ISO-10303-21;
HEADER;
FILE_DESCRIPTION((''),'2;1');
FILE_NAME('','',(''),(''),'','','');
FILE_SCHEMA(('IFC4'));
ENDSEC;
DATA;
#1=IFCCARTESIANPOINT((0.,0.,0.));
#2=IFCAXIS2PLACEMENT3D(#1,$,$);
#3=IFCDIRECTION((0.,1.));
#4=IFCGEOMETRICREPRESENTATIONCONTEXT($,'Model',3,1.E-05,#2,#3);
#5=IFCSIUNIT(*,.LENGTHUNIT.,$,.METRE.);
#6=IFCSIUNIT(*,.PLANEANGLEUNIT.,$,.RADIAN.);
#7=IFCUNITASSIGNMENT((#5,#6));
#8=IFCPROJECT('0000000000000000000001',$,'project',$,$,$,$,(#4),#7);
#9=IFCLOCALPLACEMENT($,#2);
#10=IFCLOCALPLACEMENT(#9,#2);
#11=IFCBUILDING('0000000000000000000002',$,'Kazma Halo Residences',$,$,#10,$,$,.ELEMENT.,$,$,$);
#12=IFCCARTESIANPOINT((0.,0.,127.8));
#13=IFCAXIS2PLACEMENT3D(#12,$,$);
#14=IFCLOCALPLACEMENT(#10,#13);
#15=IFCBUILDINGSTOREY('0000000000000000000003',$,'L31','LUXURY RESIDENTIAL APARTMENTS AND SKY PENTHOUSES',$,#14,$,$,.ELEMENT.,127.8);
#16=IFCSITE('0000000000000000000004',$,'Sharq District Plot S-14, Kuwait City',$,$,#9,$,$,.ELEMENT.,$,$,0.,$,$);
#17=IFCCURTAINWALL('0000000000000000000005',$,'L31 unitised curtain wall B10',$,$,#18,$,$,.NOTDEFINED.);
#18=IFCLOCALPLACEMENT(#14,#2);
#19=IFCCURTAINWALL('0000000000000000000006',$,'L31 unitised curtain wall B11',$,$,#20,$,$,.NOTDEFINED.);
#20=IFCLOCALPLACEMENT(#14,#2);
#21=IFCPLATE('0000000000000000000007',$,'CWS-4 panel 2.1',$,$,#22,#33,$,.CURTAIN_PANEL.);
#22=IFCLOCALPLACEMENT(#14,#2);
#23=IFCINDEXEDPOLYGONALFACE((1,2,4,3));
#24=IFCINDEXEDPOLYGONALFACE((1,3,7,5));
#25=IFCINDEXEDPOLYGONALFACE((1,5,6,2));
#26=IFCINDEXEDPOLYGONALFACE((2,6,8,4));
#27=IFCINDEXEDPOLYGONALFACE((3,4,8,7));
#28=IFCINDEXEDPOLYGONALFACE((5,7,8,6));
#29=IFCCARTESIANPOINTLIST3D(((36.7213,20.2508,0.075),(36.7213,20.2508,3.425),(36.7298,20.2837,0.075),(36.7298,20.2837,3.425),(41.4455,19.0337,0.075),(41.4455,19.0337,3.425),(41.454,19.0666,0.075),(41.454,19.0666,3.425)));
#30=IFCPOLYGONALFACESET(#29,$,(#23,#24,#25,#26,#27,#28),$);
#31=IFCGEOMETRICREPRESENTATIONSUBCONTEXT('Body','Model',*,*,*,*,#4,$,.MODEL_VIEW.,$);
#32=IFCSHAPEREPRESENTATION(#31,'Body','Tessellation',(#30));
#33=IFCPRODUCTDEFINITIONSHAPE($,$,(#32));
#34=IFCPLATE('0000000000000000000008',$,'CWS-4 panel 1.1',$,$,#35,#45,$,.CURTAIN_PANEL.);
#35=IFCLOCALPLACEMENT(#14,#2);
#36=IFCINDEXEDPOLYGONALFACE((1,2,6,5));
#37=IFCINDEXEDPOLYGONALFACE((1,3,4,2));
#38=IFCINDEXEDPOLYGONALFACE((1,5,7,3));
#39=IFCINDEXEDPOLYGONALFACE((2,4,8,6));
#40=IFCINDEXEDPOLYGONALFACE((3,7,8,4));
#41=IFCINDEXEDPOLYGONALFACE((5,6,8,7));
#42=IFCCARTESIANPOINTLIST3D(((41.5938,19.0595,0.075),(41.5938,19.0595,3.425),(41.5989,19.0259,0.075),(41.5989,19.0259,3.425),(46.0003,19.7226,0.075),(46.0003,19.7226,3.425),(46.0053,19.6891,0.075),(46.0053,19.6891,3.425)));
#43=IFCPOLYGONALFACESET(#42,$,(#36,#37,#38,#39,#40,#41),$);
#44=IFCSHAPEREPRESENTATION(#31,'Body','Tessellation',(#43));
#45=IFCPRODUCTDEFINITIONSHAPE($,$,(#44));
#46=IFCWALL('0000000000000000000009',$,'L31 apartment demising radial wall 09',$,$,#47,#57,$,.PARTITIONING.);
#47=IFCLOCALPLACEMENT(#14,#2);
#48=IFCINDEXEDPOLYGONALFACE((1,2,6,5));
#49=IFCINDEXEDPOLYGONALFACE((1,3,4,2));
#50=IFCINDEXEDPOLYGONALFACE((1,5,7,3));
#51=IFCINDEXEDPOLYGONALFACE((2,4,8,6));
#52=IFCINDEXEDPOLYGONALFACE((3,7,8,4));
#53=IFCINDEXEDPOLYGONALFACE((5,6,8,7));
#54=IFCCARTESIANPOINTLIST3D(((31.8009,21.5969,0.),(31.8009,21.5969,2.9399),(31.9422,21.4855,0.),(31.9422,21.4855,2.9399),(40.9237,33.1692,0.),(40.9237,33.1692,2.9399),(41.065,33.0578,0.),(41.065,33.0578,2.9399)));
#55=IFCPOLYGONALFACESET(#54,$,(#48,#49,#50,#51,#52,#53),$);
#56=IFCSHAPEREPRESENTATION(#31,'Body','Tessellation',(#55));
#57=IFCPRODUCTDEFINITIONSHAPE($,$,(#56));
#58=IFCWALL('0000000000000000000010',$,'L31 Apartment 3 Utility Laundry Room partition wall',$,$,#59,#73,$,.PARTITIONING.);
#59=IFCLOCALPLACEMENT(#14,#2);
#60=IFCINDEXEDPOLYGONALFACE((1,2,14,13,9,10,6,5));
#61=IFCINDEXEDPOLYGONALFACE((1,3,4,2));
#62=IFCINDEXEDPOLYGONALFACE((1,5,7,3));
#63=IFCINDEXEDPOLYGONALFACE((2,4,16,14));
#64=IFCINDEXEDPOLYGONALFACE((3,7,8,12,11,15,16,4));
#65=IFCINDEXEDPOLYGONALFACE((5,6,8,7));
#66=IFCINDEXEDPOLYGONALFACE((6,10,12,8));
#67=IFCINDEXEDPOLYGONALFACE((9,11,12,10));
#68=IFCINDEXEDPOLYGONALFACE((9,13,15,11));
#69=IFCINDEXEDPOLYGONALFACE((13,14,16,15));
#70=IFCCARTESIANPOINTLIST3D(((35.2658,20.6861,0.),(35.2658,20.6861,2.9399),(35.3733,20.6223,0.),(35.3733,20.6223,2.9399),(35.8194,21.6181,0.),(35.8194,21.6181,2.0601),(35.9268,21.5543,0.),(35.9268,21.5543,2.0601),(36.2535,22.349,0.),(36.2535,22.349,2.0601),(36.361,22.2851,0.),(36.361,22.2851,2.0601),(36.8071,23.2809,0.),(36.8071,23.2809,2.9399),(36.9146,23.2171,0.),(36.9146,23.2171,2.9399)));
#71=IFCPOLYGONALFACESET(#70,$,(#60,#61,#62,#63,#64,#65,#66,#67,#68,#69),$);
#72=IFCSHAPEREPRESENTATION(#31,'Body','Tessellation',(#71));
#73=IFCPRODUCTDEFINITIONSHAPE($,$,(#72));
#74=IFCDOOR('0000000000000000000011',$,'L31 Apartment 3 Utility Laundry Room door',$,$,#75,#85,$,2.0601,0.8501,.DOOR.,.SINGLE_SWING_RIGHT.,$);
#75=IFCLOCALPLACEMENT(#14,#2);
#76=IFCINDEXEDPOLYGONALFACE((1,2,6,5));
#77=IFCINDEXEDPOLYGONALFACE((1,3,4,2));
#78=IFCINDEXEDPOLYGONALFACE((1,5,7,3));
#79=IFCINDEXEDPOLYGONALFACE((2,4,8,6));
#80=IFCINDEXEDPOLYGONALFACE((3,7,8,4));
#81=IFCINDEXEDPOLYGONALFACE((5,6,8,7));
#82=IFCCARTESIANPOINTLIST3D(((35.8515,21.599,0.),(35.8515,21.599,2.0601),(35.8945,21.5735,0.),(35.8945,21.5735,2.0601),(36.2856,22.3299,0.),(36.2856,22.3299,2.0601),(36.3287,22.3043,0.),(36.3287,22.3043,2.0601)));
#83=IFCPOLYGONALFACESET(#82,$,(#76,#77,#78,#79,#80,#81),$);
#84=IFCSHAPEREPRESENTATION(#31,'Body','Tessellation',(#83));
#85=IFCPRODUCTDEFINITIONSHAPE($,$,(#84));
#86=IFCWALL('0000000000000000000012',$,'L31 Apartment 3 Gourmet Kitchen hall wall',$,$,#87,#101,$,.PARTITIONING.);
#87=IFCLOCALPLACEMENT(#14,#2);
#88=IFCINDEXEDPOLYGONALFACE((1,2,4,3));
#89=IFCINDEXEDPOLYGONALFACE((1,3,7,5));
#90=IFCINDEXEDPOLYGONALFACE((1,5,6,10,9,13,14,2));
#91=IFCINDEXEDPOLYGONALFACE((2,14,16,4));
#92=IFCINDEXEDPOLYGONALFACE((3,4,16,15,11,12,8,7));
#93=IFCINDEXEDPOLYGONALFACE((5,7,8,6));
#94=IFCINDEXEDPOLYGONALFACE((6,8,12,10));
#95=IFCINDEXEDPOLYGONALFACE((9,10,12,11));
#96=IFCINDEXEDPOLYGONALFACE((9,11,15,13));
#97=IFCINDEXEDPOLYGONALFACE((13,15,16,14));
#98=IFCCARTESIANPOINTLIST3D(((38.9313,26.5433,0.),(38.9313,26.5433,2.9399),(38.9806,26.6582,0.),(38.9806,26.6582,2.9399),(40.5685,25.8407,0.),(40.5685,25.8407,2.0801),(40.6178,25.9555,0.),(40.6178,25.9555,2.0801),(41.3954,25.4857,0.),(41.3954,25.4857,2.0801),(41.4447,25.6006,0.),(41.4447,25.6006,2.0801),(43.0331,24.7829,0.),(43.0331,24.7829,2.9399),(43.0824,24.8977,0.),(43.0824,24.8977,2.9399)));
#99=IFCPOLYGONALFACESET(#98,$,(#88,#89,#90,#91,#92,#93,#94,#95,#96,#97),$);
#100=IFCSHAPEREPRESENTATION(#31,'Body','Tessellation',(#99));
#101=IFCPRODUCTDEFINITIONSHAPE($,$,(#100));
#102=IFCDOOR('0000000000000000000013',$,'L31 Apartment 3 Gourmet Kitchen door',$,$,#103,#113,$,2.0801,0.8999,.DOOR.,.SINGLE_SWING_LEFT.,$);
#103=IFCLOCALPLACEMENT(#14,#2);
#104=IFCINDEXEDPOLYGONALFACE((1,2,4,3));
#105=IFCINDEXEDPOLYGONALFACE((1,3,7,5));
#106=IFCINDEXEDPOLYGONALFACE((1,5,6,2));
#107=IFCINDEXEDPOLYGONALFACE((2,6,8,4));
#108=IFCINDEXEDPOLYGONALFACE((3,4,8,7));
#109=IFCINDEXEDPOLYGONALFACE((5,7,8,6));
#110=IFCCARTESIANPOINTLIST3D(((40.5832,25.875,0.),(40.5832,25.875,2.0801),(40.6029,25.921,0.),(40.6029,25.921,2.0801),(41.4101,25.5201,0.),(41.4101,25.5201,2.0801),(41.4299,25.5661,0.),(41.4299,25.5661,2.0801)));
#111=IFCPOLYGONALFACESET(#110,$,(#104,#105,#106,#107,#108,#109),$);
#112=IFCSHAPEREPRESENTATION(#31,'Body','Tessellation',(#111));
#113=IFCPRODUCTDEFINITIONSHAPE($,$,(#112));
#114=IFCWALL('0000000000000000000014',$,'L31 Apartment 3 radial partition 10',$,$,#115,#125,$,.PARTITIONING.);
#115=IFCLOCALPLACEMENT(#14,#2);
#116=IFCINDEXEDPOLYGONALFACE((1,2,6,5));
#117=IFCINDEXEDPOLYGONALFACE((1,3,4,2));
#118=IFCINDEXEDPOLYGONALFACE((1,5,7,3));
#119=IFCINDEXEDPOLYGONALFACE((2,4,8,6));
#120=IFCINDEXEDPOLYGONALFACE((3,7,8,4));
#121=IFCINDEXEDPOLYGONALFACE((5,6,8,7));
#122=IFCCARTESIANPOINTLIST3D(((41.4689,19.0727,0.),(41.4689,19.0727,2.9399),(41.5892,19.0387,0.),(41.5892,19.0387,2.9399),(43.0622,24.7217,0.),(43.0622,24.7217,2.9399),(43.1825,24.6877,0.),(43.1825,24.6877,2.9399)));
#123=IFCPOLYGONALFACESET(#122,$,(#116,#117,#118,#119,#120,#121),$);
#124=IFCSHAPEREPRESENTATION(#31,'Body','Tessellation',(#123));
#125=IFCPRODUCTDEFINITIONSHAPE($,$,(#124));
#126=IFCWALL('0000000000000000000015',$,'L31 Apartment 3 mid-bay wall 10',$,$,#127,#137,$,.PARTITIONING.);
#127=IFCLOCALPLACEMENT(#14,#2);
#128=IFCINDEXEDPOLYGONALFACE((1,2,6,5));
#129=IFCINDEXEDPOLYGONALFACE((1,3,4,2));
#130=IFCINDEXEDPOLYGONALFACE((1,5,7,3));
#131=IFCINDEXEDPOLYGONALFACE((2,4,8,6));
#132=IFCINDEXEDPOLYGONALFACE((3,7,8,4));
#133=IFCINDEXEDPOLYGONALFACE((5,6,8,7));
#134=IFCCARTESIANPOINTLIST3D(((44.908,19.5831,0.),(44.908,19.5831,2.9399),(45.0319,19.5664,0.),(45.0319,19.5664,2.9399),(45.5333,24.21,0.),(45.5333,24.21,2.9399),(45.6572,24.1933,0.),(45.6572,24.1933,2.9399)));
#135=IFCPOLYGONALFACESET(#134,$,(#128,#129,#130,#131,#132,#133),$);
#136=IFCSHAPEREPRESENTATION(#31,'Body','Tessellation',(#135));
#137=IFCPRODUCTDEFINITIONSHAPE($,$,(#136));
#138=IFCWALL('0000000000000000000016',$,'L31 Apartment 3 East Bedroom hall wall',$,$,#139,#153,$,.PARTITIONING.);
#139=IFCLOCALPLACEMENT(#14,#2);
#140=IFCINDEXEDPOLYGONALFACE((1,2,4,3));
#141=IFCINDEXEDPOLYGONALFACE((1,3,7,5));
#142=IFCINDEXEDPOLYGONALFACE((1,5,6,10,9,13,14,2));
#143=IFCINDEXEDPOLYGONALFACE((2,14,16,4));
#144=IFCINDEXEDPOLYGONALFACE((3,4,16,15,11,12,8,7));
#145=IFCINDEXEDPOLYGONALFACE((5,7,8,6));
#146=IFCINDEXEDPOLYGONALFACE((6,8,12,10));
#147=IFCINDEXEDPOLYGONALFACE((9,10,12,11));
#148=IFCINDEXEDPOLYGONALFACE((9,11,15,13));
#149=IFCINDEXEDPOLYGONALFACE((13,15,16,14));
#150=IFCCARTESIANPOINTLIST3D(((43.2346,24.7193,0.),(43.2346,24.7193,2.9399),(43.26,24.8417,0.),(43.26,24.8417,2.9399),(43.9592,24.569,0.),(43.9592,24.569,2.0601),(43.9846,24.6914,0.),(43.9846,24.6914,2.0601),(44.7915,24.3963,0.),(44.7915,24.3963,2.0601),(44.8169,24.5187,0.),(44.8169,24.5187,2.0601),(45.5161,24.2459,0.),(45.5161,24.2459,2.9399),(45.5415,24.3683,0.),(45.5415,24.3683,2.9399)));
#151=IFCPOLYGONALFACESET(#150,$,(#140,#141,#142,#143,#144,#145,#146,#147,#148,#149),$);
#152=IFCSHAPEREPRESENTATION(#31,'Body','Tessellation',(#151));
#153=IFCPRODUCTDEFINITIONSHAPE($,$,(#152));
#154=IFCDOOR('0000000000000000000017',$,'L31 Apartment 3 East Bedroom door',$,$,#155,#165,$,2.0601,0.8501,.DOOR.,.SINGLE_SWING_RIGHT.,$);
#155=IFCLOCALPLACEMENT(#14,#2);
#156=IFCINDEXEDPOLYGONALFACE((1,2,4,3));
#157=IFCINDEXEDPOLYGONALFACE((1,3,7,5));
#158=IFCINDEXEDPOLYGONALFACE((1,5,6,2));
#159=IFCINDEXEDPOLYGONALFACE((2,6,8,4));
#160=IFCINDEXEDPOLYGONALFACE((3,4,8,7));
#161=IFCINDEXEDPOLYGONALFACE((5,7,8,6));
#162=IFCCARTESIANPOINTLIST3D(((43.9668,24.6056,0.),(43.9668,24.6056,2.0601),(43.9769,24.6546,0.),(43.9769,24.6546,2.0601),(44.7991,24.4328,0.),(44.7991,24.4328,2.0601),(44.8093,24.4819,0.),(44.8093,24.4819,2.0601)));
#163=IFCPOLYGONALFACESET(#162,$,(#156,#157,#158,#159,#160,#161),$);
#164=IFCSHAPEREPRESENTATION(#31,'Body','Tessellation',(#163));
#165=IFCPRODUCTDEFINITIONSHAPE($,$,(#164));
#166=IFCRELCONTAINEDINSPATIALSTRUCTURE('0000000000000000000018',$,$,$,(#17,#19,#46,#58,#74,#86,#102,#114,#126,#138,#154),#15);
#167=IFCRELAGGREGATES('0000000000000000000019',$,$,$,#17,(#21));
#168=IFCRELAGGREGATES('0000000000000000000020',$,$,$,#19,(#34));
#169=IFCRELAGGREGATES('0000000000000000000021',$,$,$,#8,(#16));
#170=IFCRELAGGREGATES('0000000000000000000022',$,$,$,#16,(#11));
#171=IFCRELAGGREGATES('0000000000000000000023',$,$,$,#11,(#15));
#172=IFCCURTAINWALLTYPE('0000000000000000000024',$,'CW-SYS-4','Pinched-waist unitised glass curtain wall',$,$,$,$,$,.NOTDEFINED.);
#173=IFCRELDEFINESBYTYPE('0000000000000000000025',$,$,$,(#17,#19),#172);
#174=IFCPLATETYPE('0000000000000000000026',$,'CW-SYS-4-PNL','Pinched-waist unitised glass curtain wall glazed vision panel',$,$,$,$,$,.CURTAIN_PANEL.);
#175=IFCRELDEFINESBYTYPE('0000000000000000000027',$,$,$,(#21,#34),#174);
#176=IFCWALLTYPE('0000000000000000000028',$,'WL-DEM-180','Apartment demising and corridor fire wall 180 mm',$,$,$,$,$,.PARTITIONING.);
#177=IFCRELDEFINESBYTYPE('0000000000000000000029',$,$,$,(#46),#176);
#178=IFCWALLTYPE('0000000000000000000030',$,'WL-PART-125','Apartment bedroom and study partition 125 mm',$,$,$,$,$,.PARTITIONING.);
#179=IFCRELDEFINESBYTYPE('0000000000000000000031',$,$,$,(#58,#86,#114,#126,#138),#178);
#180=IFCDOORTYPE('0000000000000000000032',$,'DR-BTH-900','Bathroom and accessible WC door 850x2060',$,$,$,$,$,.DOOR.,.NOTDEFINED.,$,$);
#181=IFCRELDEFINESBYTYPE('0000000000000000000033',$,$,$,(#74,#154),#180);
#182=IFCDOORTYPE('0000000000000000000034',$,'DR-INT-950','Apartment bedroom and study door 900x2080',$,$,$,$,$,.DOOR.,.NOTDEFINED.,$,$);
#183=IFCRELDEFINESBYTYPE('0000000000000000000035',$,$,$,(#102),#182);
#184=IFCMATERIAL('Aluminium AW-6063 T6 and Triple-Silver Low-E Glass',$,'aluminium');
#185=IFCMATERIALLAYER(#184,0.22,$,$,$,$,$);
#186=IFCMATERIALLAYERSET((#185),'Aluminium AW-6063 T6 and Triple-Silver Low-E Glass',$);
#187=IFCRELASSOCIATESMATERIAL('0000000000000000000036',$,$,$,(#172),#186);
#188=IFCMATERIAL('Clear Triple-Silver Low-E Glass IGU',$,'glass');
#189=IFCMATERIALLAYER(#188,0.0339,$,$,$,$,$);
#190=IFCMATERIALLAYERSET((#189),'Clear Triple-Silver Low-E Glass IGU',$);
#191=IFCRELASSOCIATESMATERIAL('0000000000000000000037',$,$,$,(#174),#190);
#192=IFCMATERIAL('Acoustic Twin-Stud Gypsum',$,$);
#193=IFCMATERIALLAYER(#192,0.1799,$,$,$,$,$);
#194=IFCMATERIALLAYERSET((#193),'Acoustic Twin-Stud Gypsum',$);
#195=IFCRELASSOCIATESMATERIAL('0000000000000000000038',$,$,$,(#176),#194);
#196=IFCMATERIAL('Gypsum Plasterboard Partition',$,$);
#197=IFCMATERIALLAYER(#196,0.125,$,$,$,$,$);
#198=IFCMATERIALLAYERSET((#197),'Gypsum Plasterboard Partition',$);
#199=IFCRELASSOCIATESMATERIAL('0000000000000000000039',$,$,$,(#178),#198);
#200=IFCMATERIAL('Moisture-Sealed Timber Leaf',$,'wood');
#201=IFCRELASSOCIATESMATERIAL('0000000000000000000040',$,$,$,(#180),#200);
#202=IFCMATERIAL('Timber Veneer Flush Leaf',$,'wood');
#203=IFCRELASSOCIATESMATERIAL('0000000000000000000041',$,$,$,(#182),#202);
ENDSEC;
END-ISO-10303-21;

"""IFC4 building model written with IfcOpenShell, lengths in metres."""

from ifc_helpers import new_model, si_unit, direction, frame, frame_2d, origin, origin_2d, place, context, subcontext, project, spatial, rectangle, extrude, material, layer, layer_set, type_object, element, fill, aggregate, save


model = new_model("IFC4")

# Units and contexts
model_context = context("Model", 3, precision=1e-05, world=origin(), true_north=direction((0.0, 1.0)))
body_context = subcontext(model_context, "Body", "Model", "MODEL_VIEW")
ifc_project = project(units=[si_unit("LENGTHUNIT", "METRE"), si_unit("PLANEANGLEUNIT", "RADIAN")], contexts=[model_context])

# Site, building, storey
site_placement = place(None, origin())
site = spatial("IfcSite", under=ifc_project, at=site_placement, Name="Sharq District Plot S-14, Kuwait City", CompositionType="ELEMENT", RefElevation=0.0)
building_placement = place(site_placement, origin())
building = spatial("IfcBuilding", under=site, at=building_placement, Name="Kazma Halo Residences", CompositionType="ELEMENT")
storey_placement = place(building_placement, frame((0.0, 0.0, 127.8)))
storey = spatial("IfcBuildingStorey", under=building, at=storey_placement, Name="L31", Description="LUXURY RESIDENTIAL APARTMENTS AND SKY PENTHOUSES", CompositionType="ELEMENT", Elevation=127.8)

# Curtain walls
ifc_material_1 = material(Name="Aluminium AW-6063 T6 and Triple-Silver Low-E Glass", Category="aluminium")
ifc_layer_1 = layer(ifc_material_1, 0.22)
ifc_layer_set_1 = layer_set([ifc_layer_1], Name="Aluminium AW-6063 T6 and Triple-Silver Low-E Glass")
curtain_wall_type = type_object("IfcCurtainWallType", Name="CW-SYS-4", Description="Pinched-waist unitised glass curtain wall", PredefinedType="NOTDEFINED", material=ifc_layer_set_1)
curtain_wall_1_placement = place(storey_placement, origin())
curtain_wall_1 = element("IfcCurtainWall", 1, at=curtain_wall_1_placement, inside=storey, type_object=curtain_wall_type, Name="L31 unitised curtain wall B10", PredefinedType="NOTDEFINED")
curtain_wall_2_placement = place(storey_placement, origin())
curtain_wall_2 = element("IfcCurtainWall", 2, at=curtain_wall_2_placement, inside=storey, type_object=curtain_wall_type, Name="L31 unitised curtain wall B11", PredefinedType="NOTDEFINED")

# Plates
ifc_material_2 = material(Name="Clear Triple-Silver Low-E Glass IGU", Category="glass")
ifc_layer_2 = layer(ifc_material_2, 0.0339)
ifc_layer_set_2 = layer_set([ifc_layer_2], Name="Clear Triple-Silver Low-E Glass IGU")
plate_type = type_object("IfcPlateType", Name="CW-SYS-4-PNL", Description="Pinched-waist unitised glass curtain wall glazed vision panel", PredefinedType="CURTAIN_PANEL", material=ifc_layer_set_2)
plate_1_placement = place(storey_placement, frame((39.0876, 19.6587, 0.075), z_axis=(0.0, 0.0, 1.0), x_axis=(0.96838, -0.249479, 0.0)))
plate_1 = element("IfcPlate", 3, at=plate_1_placement, type_object=plate_type, Name="CWS-4 panel 2.1", PredefinedType="CURTAIN_PANEL", context=body_context, shape_type="SweptSolid", body=[
    extrude(rectangle(XDim=4.8784, YDim=0.0339, at=origin_2d()), origin(), (0.0, 0.0, 1.0), 3.3501),
])
aggregate(curtain_wall_1, [plate_1])
plate_2_placement = place(storey_placement, frame((43.7996, 19.3743, 0.075), z_axis=(0.0, 0.0, 1.0), x_axis=(0.988864, 0.148821, 0.0)))
plate_2 = element("IfcPlate", 4, at=plate_2_placement, type_object=plate_type, Name="CWS-4 panel 1.1", PredefinedType="CURTAIN_PANEL", context=body_context, shape_type="SweptSolid", body=[
    extrude(rectangle(XDim=4.4561, YDim=0.0339, at=origin_2d()), origin(), (0.0, 0.0, 1.0), 3.3501),
])
aggregate(curtain_wall_2, [plate_2])

# Wall
ifc_material_3 = material(Name="Acoustic Twin-Stud Gypsum")
ifc_layer_3 = layer(ifc_material_3, 0.1799)
ifc_layer_set_3 = layer_set([ifc_layer_3], Name="Acoustic Twin-Stud Gypsum")
wall_type_1 = type_object("IfcWallType", Name="WL-DEM-180", Description="Apartment demising and corridor fire wall 180 mm", PredefinedType="PARTITIONING", material=ifc_layer_set_3)
wall_1_placement = place(storey_placement, frame((40.9944, 33.1135, 0.0), z_axis=(0.0, 0.0, 1.0), x_axis=(-0.619092, -0.785318, 0.0)))
element("IfcWall", 5, at=wall_1_placement, inside=storey, type_object=wall_type_1, Name="L31 apartment demising radial wall 09", PredefinedType="PARTITIONING", context=body_context, shape_type="SweptSolid", body=[
    extrude(rectangle(XDim=14.7358, YDim=0.1799, at=frame_2d((7.3679, 0.0))), origin(), (0.0, 0.0, 1.0), 2.9399),
])

# Walls, openings, doors
ifc_material_4 = material(Name="Gypsum Plasterboard Partition")
ifc_layer_4 = layer(ifc_material_4, 0.125)
ifc_layer_set_4 = layer_set([ifc_layer_4], Name="Gypsum Plasterboard Partition")
wall_type_2 = type_object("IfcWallType", Name="WL-PART-125", Description="Apartment bedroom and study partition 125 mm", PredefinedType="PARTITIONING", material=ifc_layer_set_4)
wall_2_placement = place(storey_placement, frame((36.8608, 23.249, 0.0), z_axis=(0.0, 0.0, 1.0), x_axis=(-0.510696, -0.859762, 0.0)))
wall_2 = element("IfcWall", 6, at=wall_2_placement, inside=storey, type_object=wall_type_2, Name="L31 Apartment 3 Utility Laundry Room partition wall", PredefinedType="PARTITIONING", context=body_context, shape_type="SweptSolid", body=[
    extrude(rectangle(XDim=3.0181, YDim=0.125, at=frame_2d((1.509, 0.0))), origin(), (0.0, 0.0, 1.0), 2.9399),
])
opening_1_placement = place(wall_2_placement, frame((1.084, 0.0, 0.0)))
opening_1 = element("IfcOpeningElement", 7, at=opening_1_placement, cuts=wall_2, PredefinedType="OPENING", context=body_context, shape_type="SweptSolid", body=[
    extrude(rectangle(XDim=0.8501, YDim=2.0601, at=frame_2d((0.425, 1.03))), frame((0.0, 0.0725, 0.0), z_axis=(0.0, -1.0, 0.0), x_axis=(1.0, 0.0, 0.0)), (0.0, 0.0, 1.0), 0.145),
])
ifc_material_5 = material(Name="Moisture-Sealed Timber Leaf", Category="wood")
door_type_1 = type_object("IfcDoorType", Name="DR-BTH-900", Description="Bathroom and accessible WC door 850x2060", OperationType="NOTDEFINED", PredefinedType="DOOR", material=ifc_material_5)
door_1_placement = place(opening_1_placement, origin())
door_1 = element("IfcDoor", 8, at=door_1_placement, inside=storey, type_object=door_type_1, Name="L31 Apartment 3 Utility Laundry Room door", OperationType="SINGLE_SWING_RIGHT", OverallHeight=2.0601, OverallWidth=0.8501, PredefinedType="DOOR", context=body_context, shape_type="SweptSolid", body=[
    extrude(rectangle(XDim=0.8501, YDim=2.0601, at=frame_2d((0.425, 1.03))), frame((0.0, 0.0249, 0.0), z_axis=(0.0, -1.0, 0.0), x_axis=(1.0, 0.0, 0.0)), (0.0, 0.0, 1.0), 0.05),
])
fill(opening_1, door_1)
wall_3_placement = place(storey_placement, frame((38.9558, 26.6008, 0.0), z_axis=(0.0, 0.0, 1.0), x_axis=(0.918936, -0.394408, 0.0)))
wall_3 = element("IfcWall", 9, at=wall_3_placement, inside=storey, type_object=wall_type_2, Name="L31 Apartment 3 Gourmet Kitchen hall wall", PredefinedType="PARTITIONING", context=body_context, shape_type="SweptSolid", body=[
    extrude(rectangle(XDim=4.4636, YDim=0.125, at=frame_2d((2.2319, 0.0))), origin(), (0.0, 0.0, 1.0), 2.9399),
])
opening_2_placement = place(wall_3_placement, frame((1.7817, 0.0, 0.0)))
opening_2 = element("IfcOpeningElement", 10, at=opening_2_placement, cuts=wall_3, PredefinedType="OPENING", context=body_context, shape_type="SweptSolid", body=[
    extrude(rectangle(XDim=0.8999, YDim=2.0801, at=frame_2d((0.45, 1.04))), frame((0.0, 0.0725, 0.0), z_axis=(0.0, -1.0, 0.0), x_axis=(1.0, 0.0, 0.0)), (0.0, 0.0, 1.0), 0.145),
])
ifc_material_6 = material(Name="Timber Veneer Flush Leaf", Category="wood")
door_type_2 = type_object("IfcDoorType", Name="DR-INT-950", Description="Apartment bedroom and study door 900x2080", OperationType="NOTDEFINED", PredefinedType="DOOR", material=ifc_material_6)
door_2_placement = place(opening_2_placement, origin())
door_2 = element("IfcDoor", 11, at=door_2_placement, inside=storey, type_object=door_type_2, Name="L31 Apartment 3 Gourmet Kitchen door", OperationType="SINGLE_SWING_LEFT", OverallHeight=2.0801, OverallWidth=0.8999, PredefinedType="DOOR", context=body_context, shape_type="SweptSolid", body=[
    extrude(rectangle(XDim=0.8999, YDim=2.0801, at=frame_2d((0.45, 1.04))), frame((0.0, 0.0249, 0.0), z_axis=(0.0, -1.0, 0.0), x_axis=(1.0, 0.0, 0.0)), (0.0, 0.0, 1.0), 0.05),
])
fill(opening_2, door_2)

# Walls
wall_4_placement = place(storey_placement, frame((43.1223, 24.7046, 0.0), z_axis=(0.0, 0.0, 1.0), x_axis=(-0.271456, -0.962451, 0.0)))
element("IfcWall", 12, at=wall_4_placement, inside=storey, type_object=wall_type_2, Name="L31 Apartment 3 radial partition 10", PredefinedType="PARTITIONING", context=body_context, shape_type="SweptSolid", body=[
    extrude(rectangle(XDim=5.8694, YDim=0.125, at=frame_2d((2.9346, 0.0))), origin(), (0.0, 0.0, 1.0), 2.9399),
])
wall_5_placement = place(storey_placement, frame((45.5952, 24.2017, 0.0), z_axis=(0.0, 0.0, 1.0), x_axis=(-0.133914, -0.990993, 0.0)))
element("IfcWall", 13, at=wall_5_placement, inside=storey, type_object=wall_type_2, Name="L31 Apartment 3 mid-bay wall 10", PredefinedType="PARTITIONING", context=body_context, shape_type="SweptSolid", body=[
    extrude(rectangle(XDim=4.6689, YDim=0.125, at=frame_2d((2.3345, 0.0))), origin(), (0.0, 0.0, 1.0), 2.9399),
])

# Wall, opening, door
wall_6_placement = place(storey_placement, frame((43.2473, 24.7805, 0.0), z_axis=(0.0, 0.0, 1.0), x_axis=(0.979145, -0.203163, 0.0)))
wall_6 = element("IfcWall", 14, at=wall_6_placement, inside=storey, type_object=wall_type_2, Name="L31 Apartment 3 East Bedroom hall wall", PredefinedType="PARTITIONING", context=body_context, shape_type="SweptSolid", body=[
    extrude(rectangle(XDim=2.3301, YDim=0.125, at=frame_2d((1.165, 0.0))), origin(), (0.0, 0.0, 1.0), 2.9399),
])
opening_3_placement = place(wall_6_placement, frame((0.74, 0.0, 0.0)))
opening_3 = element("IfcOpeningElement", 15, at=opening_3_placement, cuts=wall_6, PredefinedType="OPENING", context=body_context, shape_type="SweptSolid", body=[
    extrude(rectangle(XDim=0.8501, YDim=2.0601, at=frame_2d((0.425, 1.03))), frame((0.0, 0.0725, 0.0), z_axis=(0.0, -1.0, 0.0), x_axis=(1.0, 0.0, 0.0)), (0.0, 0.0, 1.0), 0.145),
])
door_3_placement = place(opening_3_placement, origin())
door_3 = element("IfcDoor", 16, at=door_3_placement, inside=storey, type_object=door_type_1, Name="L31 Apartment 3 East Bedroom door", OperationType="SINGLE_SWING_RIGHT", OverallHeight=2.0601, OverallWidth=0.8501, PredefinedType="DOOR", context=body_context, shape_type="SweptSolid", body=[
    extrude(rectangle(XDim=0.8501, YDim=2.0601, at=frame_2d((0.425, 1.03))), frame((0.0, 0.0249, 0.0), z_axis=(0.0, -1.0, 0.0), x_axis=(1.0, 0.0, 0.0)), (0.0, 0.0, 1.0), 0.05),
])
fill(opening_3, door_3)

save(model, "model.ifc")
